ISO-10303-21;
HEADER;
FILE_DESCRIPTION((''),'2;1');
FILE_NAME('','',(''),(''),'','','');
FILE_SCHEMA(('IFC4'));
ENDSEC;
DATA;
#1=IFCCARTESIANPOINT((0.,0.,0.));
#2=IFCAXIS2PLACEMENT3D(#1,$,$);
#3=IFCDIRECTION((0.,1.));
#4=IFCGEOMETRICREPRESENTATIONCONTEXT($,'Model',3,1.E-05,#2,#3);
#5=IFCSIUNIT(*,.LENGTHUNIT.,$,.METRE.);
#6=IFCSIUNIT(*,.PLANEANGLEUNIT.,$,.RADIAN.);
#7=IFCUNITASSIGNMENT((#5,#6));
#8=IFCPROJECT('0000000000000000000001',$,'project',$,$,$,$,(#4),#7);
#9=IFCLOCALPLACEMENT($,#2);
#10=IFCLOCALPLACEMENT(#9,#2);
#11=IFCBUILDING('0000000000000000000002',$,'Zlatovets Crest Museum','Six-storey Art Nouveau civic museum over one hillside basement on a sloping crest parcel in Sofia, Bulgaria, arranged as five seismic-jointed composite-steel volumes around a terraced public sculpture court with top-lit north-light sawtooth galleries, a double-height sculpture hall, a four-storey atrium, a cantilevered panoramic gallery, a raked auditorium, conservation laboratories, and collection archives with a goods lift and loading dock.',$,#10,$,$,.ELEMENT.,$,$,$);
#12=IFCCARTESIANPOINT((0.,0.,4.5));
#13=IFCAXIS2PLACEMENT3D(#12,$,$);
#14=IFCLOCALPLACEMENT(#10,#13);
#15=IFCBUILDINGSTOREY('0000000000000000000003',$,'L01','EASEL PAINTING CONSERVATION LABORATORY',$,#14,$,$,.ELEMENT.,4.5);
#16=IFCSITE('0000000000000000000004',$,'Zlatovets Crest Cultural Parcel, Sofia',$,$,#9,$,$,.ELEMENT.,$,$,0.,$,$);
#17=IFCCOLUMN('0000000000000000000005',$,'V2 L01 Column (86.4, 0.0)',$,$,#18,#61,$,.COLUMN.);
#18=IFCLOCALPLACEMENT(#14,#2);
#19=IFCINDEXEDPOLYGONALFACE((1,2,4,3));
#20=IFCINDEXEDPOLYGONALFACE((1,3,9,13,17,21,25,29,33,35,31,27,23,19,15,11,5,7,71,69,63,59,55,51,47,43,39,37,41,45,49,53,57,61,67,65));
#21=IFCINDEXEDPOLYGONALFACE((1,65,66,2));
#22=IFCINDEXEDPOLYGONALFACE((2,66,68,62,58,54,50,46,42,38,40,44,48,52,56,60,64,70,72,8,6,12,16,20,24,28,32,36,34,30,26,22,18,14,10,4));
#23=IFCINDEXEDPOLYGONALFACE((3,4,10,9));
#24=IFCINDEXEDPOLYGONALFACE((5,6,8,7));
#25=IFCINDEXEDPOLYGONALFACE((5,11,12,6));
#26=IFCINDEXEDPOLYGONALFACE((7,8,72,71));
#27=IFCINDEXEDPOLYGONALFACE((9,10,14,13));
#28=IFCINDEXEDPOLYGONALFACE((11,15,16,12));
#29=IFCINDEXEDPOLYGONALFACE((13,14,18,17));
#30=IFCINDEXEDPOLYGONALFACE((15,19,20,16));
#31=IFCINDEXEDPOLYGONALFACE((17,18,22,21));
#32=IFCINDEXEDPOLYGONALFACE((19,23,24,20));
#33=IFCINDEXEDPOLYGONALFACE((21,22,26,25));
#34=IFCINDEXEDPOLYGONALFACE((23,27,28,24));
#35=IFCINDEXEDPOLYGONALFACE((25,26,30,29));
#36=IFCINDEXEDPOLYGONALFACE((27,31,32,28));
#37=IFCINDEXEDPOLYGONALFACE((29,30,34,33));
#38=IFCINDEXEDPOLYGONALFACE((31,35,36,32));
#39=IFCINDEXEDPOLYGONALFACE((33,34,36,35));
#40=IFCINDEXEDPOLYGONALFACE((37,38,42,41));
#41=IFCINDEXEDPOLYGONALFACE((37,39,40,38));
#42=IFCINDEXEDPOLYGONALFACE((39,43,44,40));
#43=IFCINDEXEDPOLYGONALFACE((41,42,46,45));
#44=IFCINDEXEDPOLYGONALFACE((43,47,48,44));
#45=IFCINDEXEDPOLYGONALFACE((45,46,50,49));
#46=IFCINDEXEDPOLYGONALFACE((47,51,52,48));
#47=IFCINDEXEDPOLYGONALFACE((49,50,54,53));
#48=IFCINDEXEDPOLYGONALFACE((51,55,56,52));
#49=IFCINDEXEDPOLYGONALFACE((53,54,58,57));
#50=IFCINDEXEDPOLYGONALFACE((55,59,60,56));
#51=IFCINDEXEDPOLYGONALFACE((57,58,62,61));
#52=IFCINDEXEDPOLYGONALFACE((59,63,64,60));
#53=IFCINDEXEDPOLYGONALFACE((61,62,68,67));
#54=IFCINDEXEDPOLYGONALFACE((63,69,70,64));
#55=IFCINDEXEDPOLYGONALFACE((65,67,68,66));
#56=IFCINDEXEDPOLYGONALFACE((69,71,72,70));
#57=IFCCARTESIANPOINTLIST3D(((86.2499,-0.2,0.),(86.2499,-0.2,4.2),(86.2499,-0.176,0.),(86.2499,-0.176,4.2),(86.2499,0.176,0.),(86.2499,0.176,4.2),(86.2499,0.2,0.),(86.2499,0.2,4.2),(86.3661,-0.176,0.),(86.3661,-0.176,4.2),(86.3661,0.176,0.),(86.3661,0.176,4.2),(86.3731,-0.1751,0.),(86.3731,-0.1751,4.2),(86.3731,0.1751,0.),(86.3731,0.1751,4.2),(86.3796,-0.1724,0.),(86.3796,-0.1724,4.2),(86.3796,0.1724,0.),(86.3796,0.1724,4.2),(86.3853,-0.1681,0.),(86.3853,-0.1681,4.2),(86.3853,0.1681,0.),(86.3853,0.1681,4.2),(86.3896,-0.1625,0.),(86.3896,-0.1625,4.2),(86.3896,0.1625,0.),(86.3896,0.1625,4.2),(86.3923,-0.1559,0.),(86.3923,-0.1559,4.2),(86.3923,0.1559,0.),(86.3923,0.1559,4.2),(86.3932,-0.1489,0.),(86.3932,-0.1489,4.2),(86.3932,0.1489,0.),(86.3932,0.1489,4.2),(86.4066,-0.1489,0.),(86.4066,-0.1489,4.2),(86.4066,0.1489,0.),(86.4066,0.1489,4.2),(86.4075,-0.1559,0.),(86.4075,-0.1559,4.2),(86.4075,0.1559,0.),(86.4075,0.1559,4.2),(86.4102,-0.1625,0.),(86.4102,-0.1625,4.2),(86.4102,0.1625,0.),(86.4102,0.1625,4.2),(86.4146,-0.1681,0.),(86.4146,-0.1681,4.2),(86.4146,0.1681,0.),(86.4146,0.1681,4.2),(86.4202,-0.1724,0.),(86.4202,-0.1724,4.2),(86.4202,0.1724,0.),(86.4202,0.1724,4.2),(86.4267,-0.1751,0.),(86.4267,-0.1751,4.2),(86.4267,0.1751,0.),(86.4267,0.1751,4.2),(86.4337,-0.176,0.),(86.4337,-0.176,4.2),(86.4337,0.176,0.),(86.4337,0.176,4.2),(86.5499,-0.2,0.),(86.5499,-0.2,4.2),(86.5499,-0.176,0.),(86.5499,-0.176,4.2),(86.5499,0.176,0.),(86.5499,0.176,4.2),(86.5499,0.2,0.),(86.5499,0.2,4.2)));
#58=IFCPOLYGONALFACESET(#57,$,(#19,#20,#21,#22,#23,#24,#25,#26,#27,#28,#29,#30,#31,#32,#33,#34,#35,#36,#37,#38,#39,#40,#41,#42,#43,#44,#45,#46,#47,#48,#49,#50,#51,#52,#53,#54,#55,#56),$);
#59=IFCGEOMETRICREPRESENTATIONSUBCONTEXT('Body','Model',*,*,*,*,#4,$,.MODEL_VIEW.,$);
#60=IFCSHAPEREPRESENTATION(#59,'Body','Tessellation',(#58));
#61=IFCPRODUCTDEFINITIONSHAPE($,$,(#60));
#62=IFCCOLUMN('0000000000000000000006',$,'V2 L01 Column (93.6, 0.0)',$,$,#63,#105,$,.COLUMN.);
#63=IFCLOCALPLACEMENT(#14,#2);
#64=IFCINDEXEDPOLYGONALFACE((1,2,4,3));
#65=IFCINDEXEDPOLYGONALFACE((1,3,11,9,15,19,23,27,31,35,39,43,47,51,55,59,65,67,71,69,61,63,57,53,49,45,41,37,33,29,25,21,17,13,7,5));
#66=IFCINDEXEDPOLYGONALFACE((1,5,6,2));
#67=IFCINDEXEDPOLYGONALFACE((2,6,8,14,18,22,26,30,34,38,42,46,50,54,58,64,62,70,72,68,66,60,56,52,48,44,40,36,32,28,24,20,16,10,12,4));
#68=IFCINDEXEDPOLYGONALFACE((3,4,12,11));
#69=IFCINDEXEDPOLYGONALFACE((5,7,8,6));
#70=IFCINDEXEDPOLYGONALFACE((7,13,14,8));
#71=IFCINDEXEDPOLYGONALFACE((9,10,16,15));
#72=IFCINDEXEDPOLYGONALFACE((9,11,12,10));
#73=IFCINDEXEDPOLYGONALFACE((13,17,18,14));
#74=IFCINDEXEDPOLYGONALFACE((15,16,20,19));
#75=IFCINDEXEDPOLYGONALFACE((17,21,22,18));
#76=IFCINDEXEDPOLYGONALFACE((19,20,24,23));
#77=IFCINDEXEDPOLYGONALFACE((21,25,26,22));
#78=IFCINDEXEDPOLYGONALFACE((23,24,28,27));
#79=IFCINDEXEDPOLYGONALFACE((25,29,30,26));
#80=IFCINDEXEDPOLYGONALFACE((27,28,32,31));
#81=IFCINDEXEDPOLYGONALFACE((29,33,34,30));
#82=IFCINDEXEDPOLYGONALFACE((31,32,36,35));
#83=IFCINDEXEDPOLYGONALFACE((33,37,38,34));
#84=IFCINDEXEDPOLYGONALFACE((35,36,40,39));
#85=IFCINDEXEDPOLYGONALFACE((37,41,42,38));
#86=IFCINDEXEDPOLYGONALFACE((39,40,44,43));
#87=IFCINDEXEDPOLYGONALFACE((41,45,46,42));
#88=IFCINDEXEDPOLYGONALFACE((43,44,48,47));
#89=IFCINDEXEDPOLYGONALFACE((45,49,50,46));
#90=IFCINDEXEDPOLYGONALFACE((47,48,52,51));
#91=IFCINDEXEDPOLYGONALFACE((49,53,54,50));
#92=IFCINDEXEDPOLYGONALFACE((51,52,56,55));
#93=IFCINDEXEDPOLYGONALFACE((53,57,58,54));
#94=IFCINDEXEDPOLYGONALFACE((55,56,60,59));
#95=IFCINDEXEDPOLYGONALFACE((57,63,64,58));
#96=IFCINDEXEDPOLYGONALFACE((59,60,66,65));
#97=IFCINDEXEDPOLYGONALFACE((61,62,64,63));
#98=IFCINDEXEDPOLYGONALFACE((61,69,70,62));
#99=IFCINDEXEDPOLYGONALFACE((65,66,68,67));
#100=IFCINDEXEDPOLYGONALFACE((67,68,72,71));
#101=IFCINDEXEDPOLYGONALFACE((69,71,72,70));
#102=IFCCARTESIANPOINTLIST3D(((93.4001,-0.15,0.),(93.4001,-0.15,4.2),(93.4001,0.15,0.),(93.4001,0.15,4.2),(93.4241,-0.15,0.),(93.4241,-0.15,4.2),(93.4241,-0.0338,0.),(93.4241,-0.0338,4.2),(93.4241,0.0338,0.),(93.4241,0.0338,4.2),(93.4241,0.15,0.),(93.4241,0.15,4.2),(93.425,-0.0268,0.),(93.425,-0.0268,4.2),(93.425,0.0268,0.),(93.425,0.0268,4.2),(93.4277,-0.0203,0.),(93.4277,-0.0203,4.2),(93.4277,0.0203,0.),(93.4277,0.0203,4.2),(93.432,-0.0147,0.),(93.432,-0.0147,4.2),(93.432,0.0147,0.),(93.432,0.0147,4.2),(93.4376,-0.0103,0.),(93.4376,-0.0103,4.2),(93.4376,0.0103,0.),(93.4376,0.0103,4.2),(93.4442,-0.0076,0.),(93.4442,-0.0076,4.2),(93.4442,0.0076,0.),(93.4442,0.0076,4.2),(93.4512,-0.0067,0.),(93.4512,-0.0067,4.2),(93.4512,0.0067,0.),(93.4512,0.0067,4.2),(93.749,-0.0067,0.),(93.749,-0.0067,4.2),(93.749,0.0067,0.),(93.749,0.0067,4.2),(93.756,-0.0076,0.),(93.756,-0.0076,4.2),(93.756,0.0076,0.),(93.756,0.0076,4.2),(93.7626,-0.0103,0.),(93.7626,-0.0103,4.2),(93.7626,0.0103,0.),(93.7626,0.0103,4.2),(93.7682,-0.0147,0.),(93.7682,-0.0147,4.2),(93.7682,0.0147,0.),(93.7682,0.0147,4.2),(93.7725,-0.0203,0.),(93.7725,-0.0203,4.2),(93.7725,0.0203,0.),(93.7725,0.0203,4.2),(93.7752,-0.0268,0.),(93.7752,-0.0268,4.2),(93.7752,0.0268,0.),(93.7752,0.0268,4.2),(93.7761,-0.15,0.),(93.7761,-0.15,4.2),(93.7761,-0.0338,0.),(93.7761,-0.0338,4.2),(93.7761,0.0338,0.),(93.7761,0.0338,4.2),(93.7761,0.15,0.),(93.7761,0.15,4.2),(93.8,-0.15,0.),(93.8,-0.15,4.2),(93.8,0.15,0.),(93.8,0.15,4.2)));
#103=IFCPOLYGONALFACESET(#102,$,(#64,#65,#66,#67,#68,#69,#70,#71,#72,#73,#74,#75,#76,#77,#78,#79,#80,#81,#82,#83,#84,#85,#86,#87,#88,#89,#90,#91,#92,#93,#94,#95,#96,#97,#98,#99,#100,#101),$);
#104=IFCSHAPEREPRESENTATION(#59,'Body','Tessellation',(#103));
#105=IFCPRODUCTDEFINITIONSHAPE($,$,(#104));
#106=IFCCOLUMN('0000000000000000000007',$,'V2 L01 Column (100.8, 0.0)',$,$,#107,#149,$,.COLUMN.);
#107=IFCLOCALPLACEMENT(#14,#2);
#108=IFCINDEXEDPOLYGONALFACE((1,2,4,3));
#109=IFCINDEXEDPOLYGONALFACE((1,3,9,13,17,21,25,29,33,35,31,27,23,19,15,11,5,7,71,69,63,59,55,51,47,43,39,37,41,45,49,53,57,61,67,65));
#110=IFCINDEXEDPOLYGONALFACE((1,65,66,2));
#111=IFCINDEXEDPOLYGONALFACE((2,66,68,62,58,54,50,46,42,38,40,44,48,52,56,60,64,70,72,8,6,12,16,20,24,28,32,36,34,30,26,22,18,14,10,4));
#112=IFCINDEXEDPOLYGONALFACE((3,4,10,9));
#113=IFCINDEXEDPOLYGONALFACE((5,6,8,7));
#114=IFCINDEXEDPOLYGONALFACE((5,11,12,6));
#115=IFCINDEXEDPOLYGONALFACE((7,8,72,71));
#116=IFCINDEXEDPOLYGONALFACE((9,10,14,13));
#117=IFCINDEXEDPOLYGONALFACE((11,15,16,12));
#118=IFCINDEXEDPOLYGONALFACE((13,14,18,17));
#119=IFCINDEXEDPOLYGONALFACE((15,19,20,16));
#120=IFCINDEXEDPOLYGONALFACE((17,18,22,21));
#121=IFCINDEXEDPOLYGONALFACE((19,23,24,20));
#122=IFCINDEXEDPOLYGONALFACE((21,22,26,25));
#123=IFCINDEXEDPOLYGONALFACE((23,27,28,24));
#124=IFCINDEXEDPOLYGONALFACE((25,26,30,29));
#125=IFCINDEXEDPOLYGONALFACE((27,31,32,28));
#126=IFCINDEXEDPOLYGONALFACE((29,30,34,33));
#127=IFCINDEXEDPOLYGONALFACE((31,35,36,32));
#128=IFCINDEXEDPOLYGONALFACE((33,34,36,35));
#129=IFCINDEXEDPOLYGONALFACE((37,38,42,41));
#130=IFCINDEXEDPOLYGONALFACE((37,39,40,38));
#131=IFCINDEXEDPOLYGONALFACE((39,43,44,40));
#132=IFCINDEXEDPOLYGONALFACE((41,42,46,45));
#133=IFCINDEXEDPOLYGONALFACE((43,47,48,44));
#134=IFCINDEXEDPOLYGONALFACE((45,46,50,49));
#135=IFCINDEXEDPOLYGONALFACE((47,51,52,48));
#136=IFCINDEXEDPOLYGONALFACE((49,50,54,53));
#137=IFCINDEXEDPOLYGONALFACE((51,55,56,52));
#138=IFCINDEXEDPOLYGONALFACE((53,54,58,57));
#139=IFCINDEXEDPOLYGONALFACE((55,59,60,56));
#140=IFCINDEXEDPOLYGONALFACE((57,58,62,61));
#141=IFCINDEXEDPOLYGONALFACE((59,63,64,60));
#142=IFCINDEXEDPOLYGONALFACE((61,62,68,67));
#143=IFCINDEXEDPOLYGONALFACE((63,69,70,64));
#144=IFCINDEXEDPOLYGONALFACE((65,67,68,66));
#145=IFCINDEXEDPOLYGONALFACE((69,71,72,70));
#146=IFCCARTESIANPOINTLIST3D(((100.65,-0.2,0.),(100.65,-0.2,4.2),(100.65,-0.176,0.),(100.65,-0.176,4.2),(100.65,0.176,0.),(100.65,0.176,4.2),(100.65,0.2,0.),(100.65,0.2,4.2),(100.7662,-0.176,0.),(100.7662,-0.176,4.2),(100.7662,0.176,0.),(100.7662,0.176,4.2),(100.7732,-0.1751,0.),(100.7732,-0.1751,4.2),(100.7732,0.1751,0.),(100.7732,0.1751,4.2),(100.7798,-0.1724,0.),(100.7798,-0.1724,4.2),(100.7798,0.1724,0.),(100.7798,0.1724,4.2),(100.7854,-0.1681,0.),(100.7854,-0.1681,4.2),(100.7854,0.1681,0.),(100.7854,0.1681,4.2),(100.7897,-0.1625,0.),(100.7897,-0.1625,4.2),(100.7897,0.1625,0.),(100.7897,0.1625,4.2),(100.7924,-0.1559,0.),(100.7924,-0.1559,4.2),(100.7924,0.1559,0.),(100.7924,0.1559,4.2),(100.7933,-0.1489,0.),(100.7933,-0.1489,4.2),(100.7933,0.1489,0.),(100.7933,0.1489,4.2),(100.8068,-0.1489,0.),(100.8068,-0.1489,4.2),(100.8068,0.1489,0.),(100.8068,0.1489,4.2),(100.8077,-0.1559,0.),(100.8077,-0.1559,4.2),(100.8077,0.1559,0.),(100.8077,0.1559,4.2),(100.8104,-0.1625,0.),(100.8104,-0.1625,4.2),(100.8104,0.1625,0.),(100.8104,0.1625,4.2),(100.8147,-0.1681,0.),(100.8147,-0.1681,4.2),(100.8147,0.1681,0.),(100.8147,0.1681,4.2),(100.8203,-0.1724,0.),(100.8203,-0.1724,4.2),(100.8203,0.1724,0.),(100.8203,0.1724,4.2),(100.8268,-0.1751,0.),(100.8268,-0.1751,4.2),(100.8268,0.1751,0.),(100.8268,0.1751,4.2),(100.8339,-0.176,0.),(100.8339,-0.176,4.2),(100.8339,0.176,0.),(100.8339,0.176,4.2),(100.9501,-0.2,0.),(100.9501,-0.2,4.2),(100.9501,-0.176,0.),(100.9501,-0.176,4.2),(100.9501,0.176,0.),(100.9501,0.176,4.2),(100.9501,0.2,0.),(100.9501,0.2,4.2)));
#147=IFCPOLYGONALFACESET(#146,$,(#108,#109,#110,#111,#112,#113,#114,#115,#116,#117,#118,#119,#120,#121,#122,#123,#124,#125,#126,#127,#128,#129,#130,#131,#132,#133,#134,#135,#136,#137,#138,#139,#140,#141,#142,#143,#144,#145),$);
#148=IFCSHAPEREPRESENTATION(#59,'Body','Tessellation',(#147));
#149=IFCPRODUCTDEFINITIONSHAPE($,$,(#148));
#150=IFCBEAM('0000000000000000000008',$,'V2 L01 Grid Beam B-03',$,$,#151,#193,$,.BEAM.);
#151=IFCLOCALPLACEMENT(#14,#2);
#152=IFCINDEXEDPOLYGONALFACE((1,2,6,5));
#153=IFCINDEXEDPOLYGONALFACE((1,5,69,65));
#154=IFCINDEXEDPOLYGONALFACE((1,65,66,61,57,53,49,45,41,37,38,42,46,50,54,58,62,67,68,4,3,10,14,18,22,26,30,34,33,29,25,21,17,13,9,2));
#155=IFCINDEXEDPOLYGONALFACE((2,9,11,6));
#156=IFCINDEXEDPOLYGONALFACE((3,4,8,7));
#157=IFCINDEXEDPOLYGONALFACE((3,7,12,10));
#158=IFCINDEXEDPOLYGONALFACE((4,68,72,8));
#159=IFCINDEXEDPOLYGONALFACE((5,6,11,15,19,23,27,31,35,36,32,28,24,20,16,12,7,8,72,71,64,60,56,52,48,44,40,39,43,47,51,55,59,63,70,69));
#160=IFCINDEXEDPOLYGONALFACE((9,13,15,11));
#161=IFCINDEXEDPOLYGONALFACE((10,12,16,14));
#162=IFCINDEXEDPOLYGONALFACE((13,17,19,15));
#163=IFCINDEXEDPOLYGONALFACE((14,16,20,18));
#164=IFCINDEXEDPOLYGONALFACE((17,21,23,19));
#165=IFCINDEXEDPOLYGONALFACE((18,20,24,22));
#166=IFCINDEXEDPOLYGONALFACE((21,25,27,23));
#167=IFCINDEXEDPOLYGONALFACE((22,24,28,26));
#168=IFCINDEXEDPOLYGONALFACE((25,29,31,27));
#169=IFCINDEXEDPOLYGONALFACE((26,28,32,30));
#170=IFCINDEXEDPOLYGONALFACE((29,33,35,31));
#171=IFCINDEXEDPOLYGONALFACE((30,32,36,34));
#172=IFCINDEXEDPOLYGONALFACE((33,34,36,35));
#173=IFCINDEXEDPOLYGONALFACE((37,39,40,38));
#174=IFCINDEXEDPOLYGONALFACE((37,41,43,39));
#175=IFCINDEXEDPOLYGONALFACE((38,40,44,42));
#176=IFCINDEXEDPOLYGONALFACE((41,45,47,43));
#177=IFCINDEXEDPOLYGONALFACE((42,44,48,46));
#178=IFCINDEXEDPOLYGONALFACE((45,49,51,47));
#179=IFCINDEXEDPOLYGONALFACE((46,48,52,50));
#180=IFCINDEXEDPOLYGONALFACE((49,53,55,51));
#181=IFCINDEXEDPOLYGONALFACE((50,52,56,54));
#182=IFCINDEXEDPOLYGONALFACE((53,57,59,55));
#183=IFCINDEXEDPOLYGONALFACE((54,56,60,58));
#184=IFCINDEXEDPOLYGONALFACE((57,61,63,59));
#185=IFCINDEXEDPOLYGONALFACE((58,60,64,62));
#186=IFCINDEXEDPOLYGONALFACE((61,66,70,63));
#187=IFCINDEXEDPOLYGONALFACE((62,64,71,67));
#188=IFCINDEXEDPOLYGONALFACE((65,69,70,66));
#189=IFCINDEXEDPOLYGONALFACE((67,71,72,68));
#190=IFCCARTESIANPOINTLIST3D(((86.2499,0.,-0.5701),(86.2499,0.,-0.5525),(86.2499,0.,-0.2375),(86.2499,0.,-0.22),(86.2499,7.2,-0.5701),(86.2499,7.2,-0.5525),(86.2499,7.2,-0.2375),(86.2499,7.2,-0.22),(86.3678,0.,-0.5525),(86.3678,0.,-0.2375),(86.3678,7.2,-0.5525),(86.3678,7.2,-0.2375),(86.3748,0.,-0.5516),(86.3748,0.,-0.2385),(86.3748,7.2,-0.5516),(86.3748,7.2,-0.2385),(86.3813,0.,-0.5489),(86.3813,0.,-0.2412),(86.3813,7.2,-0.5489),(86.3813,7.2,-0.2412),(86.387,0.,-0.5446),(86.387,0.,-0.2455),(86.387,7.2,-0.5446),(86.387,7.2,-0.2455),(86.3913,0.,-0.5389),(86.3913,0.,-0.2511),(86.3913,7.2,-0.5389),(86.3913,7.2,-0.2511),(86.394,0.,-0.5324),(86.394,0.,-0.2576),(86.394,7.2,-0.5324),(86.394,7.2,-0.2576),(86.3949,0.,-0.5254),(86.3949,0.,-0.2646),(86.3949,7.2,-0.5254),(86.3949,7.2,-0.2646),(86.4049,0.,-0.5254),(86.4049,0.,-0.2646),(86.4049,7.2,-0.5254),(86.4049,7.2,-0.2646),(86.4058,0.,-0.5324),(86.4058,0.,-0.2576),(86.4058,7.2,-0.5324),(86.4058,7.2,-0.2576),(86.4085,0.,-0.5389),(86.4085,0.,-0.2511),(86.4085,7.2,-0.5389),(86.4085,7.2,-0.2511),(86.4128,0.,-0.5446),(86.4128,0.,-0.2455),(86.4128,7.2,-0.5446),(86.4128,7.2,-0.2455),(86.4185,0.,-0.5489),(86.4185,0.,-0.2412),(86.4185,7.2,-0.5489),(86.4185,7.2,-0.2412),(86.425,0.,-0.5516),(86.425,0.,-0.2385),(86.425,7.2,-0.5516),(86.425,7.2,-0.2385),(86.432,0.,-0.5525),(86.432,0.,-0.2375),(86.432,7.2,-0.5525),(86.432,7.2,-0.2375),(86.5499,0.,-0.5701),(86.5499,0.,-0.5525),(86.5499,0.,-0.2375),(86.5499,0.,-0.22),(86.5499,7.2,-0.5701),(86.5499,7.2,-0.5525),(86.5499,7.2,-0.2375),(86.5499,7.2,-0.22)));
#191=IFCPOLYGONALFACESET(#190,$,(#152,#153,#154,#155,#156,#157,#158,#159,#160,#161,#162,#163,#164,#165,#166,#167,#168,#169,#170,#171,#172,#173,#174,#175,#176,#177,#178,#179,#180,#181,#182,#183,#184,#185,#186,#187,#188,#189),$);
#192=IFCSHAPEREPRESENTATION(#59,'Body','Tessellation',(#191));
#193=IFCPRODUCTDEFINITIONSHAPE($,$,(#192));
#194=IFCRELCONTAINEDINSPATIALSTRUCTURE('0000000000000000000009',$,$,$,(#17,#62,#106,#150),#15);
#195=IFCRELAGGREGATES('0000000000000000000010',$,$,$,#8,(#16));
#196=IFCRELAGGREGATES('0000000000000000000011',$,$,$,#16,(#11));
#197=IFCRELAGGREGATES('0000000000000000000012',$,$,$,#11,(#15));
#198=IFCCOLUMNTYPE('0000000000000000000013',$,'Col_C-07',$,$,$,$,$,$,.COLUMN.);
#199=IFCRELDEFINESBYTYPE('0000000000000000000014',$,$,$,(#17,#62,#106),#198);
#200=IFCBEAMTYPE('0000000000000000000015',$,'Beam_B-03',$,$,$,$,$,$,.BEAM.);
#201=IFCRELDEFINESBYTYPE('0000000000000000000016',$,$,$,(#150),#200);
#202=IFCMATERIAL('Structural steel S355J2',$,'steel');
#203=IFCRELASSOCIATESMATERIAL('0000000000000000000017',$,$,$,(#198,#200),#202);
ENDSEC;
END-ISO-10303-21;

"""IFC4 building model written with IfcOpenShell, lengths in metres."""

from ifc_helpers import new_model, si_unit, direction, frame, origin, origin_2d, place, context, subcontext, project, spatial, i_section, extrude, material, material_profile, profile_set, type_object, element, save


model = new_model("IFC4")

# Units and contexts
model_context = context("Model", 3, precision=1e-05, world=origin(), true_north=direction((0.0, 1.0)))
body_context = subcontext(model_context, "Body", "Model", "MODEL_VIEW")
ifc_project = project(units=[si_unit("LENGTHUNIT", "METRE"), si_unit("PLANEANGLEUNIT", "RADIAN")], contexts=[model_context])

# Site, building, storey
site_placement = place(None, origin())
site = spatial("IfcSite", under=ifc_project, at=site_placement, Name="Zlatovets Crest Cultural Parcel, Sofia", CompositionType="ELEMENT", RefElevation=0.0)
building_placement = place(site_placement, origin())
building = spatial("IfcBuilding", under=site, at=building_placement, Name="Zlatovets Crest Museum", Description="Six-storey Art Nouveau civic museum over one hillside basement on a sloping crest parcel in Sofia, Bulgaria, arranged as five seismic-jointed composite-steel volumes around a terraced public sculpture court with top-lit north-light sawtooth galleries, a double-height sculpture hall, a four-storey atrium, a cantilevered panoramic gallery, a raked auditorium, conservation laboratories, and collection archives with a goods lift and loading dock.", CompositionType="ELEMENT")
storey_placement = place(building_placement, frame((0.0, 0.0, 4.5)))
storey = spatial("IfcBuildingStorey", under=building, at=storey_placement, Name="L01", Description="EASEL PAINTING CONSERVATION LABORATORY", CompositionType="ELEMENT", Elevation=4.5)

# Columns
ifc_material_1 = material(Name="Structural steel S355J2", Category="steel")
ifc_material_profile_1 = material_profile(ifc_material_1, i_section(OverallWidth=0.3, OverallDepth=0.3999, WebThickness=0.0134, FlangeThickness=0.0239, FilletRadius=0.0271, at=origin_2d()), Name="HEB 400")
ifc_profile_set_1 = profile_set([ifc_material_profile_1], Name="Structural steel S355J2")
column_type = type_object("IfcColumnType", Name="Col_C-07", PredefinedType="COLUMN", material=ifc_profile_set_1)
for number, where, z_axis, x_axis, name in (
    (1, (86.3999, 0.0, 0.0), (0.0, 0.0, 1.0), (1.0, 0.0, 0.0), "V2 L01 Column (86.4, 0.0)"),
    (2, (93.6001, 0.0, 0.0), (0.0, 0.0, 1.0), (0.0, 1.0, 0.0), "V2 L01 Column (93.6, 0.0)"),
    (3, (100.8, 0.0, 0.0), (0.0, 0.0, 1.0), (1.0, 0.0, 0.0), "V2 L01 Column (100.8, 0.0)"),
):
    element("IfcColumn", number, at=place(storey_placement, frame(where, z_axis=z_axis, x_axis=x_axis)), inside=storey, type_object=column_type, Name=name, PredefinedType="COLUMN", context=body_context, shape_type="SweptSolid", body=[
        extrude(i_section(OverallWidth=0.3, OverallDepth=0.3999, WebThickness=0.0134, FlangeThickness=0.0239, FilletRadius=0.0271, at=origin_2d()), origin(), (0.0, 0.0, 1.0), 4.2),
    ])

# Beam
ifc_material_profile_2 = material_profile(ifc_material_1, i_section(OverallWidth=0.3, OverallDepth=0.3501, WebThickness=0.01, FlangeThickness=0.0176, FilletRadius=0.0271, at=origin_2d()), Name="HEA 360")
ifc_profile_set_2 = profile_set([ifc_material_profile_2], Name="Structural steel S355J2")
beam_type_1 = type_object("IfcBeamType", Name="Beam_B-03", PredefinedType="BEAM", material=ifc_profile_set_2)
for number, where, z_axis, x_axis, name in (
    (4, (86.3999, 0.0, -0.395), (0.0, 1.0, 0.0), (-1.0, 0.0, 0.0), "V2 L01 Grid Beam B-03"),
):
    element("IfcBeam", number, at=place(storey_placement, frame(where, z_axis=z_axis, x_axis=x_axis)), inside=storey, type_object=beam_type_1, Name=name, PredefinedType="BEAM", context=body_context, shape_type="SweptSolid", body=[
        extrude(i_section(OverallWidth=0.3, OverallDepth=0.3501, WebThickness=0.01, FlangeThickness=0.0176, FilletRadius=0.0271, at=origin_2d()), origin(), (0.0, 0.0, 1.0), 7.2),
    ])

save(model, "model.ifc")
